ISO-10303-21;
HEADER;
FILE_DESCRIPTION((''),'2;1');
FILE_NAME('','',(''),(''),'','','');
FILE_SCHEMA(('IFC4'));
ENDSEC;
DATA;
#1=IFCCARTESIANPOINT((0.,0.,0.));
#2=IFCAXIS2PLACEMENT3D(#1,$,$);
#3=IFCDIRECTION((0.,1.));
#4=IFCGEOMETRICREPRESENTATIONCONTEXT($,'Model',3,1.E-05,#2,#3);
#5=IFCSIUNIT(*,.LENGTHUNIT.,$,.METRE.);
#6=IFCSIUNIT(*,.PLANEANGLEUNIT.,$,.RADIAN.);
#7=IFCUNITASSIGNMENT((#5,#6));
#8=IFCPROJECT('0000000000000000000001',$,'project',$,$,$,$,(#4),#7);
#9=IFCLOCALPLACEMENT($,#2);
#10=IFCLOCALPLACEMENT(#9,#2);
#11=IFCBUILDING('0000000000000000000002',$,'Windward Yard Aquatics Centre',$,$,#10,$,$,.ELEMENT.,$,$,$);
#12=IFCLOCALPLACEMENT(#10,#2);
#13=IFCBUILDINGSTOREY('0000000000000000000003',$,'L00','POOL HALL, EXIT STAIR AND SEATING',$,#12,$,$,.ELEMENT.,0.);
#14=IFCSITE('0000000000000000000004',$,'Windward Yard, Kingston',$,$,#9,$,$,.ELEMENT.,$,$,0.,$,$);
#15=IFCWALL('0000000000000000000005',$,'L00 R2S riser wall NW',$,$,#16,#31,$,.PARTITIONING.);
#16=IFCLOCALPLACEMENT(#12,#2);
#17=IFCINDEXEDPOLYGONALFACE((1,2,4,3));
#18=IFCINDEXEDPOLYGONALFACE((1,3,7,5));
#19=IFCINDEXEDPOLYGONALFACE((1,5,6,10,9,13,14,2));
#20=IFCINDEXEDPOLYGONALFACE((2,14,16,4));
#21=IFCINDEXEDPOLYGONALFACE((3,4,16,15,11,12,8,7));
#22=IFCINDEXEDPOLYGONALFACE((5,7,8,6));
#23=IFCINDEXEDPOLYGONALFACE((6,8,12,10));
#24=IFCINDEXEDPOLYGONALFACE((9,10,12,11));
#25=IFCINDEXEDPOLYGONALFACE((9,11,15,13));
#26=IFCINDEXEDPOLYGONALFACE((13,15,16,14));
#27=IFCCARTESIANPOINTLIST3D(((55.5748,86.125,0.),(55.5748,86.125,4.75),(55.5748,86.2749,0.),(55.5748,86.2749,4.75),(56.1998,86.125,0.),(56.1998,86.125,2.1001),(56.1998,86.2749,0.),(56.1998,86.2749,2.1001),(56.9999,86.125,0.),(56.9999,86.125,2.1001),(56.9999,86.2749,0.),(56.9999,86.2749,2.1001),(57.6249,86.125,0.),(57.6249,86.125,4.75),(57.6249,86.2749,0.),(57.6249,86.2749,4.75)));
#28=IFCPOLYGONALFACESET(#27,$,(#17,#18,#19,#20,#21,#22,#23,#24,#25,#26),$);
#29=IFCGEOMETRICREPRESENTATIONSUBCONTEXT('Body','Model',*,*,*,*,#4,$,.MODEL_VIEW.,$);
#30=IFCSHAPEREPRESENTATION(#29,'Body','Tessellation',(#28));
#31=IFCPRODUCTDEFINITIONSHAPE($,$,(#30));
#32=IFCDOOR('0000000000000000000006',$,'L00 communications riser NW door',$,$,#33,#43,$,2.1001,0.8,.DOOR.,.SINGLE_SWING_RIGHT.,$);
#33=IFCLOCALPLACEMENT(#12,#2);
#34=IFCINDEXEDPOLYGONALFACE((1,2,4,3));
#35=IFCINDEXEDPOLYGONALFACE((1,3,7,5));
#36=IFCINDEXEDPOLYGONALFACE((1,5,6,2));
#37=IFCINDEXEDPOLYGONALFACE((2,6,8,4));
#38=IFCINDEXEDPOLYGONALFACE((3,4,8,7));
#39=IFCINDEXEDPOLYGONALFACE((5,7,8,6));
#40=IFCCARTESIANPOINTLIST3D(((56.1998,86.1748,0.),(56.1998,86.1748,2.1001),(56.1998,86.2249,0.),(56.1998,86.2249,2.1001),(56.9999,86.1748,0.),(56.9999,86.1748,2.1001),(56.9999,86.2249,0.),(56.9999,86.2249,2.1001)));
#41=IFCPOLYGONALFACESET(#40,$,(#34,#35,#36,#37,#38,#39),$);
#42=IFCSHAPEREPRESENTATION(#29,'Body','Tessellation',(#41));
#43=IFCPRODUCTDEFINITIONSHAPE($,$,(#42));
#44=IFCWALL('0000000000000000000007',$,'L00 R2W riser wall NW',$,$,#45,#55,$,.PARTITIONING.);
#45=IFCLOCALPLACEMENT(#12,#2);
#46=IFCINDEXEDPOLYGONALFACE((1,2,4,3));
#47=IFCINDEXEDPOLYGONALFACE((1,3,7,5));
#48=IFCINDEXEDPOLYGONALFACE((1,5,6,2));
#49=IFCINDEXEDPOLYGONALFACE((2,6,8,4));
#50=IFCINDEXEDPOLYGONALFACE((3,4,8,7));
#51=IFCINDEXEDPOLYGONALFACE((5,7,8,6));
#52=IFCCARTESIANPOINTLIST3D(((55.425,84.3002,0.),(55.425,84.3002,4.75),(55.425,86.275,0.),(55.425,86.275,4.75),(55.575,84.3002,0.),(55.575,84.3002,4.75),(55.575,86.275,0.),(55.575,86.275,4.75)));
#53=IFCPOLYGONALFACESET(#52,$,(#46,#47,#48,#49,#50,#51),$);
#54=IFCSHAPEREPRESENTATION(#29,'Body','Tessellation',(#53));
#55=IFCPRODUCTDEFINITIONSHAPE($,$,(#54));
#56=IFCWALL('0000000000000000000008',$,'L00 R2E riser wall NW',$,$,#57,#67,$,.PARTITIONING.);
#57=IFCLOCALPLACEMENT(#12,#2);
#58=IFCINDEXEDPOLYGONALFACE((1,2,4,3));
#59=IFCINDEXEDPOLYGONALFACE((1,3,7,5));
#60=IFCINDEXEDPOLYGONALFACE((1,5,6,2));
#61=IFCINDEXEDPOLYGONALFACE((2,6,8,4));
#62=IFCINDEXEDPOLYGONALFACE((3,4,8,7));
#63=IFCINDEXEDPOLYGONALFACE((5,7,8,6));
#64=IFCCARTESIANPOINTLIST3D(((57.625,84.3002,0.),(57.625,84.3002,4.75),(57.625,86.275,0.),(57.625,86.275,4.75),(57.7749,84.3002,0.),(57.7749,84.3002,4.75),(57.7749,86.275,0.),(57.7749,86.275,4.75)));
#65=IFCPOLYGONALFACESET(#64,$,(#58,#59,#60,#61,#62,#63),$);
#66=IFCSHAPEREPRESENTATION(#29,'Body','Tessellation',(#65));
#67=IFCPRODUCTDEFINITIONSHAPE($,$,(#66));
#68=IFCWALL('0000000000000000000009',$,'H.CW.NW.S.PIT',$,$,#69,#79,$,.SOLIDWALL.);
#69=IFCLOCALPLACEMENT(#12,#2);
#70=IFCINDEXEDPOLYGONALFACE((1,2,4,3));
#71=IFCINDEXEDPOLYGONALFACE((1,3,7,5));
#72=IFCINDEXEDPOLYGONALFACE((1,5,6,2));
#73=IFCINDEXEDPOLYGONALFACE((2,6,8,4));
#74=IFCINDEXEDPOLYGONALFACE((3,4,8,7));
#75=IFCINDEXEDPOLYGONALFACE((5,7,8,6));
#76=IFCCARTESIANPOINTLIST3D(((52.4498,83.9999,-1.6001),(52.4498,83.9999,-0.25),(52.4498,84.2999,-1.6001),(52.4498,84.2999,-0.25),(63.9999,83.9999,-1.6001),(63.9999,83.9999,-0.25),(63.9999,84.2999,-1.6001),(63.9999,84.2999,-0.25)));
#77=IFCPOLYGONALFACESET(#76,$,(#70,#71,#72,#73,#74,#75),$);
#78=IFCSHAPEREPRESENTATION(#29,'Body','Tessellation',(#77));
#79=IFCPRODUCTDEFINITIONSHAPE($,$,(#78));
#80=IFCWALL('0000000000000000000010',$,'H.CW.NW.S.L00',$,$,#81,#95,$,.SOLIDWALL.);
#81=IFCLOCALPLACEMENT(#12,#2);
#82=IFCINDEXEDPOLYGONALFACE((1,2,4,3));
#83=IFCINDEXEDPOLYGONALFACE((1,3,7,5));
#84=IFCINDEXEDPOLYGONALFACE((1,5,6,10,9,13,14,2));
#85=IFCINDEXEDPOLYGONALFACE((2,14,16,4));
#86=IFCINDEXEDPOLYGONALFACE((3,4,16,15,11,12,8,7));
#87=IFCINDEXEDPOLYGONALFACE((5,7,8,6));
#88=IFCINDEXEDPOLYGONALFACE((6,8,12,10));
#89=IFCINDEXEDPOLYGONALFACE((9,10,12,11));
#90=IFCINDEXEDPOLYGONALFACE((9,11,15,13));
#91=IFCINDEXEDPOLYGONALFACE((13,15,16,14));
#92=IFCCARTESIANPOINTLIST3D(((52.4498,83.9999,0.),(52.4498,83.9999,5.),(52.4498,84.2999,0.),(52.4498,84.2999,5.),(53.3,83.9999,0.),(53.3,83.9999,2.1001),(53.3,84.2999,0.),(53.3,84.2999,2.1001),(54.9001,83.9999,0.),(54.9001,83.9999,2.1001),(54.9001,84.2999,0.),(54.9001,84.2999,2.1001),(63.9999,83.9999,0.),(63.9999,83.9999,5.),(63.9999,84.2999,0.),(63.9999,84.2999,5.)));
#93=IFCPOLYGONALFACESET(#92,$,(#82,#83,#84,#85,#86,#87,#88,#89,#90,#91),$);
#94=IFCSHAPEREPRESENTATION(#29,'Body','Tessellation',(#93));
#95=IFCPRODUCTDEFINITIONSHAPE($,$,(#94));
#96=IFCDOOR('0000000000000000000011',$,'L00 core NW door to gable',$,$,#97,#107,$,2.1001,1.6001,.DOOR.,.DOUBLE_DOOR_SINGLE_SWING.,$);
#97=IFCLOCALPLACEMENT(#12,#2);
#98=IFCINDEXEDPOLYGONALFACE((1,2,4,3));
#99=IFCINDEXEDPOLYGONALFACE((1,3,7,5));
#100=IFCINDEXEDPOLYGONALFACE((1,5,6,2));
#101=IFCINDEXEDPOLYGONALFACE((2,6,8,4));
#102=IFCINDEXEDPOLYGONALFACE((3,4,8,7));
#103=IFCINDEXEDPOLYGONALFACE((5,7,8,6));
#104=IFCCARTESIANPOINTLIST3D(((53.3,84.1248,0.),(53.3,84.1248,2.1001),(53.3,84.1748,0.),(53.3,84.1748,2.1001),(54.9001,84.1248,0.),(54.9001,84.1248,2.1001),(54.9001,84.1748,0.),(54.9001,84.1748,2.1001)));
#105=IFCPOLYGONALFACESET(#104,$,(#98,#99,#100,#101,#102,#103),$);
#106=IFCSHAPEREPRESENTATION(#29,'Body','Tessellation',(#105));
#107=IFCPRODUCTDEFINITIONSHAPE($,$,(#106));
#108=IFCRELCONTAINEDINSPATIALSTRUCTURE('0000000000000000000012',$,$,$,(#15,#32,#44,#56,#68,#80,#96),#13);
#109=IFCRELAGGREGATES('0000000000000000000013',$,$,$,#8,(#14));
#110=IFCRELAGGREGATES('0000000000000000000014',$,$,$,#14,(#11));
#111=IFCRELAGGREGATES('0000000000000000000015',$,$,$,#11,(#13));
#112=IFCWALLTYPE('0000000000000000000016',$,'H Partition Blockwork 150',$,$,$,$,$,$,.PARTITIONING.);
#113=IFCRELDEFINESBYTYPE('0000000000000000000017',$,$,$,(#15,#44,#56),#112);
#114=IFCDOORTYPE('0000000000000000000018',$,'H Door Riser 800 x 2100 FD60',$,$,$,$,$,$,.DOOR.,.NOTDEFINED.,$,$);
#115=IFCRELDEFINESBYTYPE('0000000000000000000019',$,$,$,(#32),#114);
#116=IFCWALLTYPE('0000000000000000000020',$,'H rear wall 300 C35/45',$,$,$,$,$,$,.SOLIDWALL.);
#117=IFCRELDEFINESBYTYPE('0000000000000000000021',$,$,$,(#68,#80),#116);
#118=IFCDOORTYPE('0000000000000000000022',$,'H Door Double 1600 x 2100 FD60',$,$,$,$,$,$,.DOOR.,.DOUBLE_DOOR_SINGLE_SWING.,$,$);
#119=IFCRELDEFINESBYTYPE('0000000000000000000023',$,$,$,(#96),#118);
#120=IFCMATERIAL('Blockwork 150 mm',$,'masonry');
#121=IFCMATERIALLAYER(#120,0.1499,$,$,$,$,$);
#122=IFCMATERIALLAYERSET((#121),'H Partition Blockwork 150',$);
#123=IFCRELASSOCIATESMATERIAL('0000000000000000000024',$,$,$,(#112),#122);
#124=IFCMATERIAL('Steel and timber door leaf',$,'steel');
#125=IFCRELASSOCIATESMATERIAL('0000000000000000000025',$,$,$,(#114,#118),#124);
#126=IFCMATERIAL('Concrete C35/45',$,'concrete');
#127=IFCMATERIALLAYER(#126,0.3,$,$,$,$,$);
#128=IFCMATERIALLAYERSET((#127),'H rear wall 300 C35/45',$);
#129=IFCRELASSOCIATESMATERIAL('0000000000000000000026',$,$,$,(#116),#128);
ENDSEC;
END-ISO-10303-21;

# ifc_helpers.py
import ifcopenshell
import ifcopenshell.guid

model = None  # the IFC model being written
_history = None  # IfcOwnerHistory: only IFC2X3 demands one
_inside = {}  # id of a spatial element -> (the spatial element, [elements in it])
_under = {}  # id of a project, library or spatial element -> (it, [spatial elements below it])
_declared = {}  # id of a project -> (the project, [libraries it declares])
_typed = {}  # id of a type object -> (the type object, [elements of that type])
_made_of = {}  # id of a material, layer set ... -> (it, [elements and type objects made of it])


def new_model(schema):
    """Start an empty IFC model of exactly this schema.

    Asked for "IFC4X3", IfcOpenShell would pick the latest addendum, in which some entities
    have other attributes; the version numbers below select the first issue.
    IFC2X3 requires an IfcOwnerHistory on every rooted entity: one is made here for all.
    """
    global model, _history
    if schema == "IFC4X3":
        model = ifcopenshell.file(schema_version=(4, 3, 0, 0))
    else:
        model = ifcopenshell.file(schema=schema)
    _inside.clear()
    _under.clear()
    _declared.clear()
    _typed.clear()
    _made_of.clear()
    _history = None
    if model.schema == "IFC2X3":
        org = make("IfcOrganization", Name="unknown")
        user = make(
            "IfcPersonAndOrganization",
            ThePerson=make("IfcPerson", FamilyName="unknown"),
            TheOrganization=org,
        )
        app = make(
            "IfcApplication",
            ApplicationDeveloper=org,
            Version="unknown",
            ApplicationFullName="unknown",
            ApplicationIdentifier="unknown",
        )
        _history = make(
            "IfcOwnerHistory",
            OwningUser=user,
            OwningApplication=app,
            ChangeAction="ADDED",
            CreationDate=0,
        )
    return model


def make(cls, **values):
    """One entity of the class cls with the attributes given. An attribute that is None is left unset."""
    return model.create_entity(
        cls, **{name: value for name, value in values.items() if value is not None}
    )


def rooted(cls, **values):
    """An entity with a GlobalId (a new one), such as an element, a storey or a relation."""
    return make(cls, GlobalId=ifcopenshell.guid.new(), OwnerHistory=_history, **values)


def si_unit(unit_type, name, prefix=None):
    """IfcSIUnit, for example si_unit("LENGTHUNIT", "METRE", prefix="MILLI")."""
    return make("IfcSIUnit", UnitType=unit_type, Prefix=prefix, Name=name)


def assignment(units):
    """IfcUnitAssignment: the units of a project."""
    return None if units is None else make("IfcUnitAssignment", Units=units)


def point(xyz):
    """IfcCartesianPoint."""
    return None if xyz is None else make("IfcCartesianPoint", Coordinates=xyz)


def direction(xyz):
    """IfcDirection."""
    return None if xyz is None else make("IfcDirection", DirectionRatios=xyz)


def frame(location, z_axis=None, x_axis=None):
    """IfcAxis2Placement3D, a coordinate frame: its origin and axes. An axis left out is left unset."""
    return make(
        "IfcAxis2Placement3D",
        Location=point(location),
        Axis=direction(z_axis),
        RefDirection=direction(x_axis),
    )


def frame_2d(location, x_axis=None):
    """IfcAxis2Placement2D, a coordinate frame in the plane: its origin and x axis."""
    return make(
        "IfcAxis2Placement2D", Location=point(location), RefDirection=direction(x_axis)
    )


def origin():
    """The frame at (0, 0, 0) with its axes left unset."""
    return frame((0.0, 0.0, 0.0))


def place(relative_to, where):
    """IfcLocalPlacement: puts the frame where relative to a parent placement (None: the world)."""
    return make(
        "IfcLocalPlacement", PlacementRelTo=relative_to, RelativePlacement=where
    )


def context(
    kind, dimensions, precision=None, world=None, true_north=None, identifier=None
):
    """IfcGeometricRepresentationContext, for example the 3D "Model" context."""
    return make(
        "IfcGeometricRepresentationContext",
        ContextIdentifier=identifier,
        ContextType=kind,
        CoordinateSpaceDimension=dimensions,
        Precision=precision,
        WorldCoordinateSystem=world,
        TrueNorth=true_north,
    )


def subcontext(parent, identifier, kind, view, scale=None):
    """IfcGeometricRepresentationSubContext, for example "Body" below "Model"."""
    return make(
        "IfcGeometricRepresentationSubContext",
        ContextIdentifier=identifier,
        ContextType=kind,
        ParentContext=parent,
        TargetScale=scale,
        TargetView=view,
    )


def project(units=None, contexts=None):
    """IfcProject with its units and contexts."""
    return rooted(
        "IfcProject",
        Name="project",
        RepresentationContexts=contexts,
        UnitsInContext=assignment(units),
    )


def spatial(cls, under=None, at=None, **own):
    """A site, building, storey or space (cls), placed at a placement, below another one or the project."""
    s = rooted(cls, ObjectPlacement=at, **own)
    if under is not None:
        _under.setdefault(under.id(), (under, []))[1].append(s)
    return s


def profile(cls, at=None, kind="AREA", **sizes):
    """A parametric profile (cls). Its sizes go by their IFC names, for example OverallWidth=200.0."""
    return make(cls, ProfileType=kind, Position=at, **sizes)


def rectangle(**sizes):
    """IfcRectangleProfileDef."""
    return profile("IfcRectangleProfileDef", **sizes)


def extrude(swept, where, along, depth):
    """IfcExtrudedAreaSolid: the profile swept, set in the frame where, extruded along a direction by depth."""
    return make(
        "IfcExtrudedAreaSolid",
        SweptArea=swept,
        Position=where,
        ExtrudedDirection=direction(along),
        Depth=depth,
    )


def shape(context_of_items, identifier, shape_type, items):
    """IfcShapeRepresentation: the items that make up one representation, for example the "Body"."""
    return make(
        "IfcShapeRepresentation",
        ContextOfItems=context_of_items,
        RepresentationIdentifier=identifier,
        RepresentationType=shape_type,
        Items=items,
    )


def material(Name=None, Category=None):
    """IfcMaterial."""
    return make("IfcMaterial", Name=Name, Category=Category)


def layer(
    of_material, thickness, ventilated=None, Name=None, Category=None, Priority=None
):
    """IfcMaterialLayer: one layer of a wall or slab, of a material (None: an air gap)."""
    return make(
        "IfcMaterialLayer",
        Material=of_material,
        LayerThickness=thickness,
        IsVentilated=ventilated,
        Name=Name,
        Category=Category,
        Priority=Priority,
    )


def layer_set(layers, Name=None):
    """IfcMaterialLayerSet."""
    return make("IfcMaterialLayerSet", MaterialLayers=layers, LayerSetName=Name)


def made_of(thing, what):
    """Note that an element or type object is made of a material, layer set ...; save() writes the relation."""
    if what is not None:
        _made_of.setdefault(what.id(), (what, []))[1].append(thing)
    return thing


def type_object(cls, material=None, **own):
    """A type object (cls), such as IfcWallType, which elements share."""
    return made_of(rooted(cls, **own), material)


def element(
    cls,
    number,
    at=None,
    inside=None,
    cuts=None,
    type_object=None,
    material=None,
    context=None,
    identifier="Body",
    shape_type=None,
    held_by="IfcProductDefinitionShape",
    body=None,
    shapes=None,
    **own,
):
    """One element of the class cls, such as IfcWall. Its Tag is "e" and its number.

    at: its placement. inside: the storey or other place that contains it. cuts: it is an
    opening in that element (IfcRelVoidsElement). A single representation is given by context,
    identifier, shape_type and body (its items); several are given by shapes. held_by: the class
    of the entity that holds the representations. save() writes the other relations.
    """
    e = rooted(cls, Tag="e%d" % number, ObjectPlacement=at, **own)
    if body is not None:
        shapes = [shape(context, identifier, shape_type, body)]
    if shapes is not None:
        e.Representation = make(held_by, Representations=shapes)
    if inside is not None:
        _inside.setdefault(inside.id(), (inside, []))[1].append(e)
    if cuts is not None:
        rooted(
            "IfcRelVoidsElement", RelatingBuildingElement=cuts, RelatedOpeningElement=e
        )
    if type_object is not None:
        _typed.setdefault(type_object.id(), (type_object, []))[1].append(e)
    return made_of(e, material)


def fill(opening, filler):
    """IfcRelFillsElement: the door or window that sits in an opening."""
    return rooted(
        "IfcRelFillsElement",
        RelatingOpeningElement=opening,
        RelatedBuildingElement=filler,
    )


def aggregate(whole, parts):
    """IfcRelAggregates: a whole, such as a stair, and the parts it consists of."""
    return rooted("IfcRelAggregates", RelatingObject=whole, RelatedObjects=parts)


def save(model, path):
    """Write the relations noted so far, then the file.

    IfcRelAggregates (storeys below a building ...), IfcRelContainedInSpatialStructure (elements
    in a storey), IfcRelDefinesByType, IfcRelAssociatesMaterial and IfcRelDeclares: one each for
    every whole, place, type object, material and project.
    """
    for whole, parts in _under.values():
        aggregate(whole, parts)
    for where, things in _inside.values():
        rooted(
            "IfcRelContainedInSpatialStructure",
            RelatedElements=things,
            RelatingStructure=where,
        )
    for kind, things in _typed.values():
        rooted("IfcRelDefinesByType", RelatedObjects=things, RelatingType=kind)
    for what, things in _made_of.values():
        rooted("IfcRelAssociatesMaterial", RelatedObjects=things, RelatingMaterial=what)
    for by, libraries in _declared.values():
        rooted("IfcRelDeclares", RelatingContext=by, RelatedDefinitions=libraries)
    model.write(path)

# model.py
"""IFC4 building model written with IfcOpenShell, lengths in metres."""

from ifc_helpers import new_model, si_unit, direction, frame, frame_2d, origin, place, context, subcontext, project, spatial, rectangle, extrude, material, layer, layer_set, type_object, element, fill, save


model = new_model("IFC4")

# Units and contexts
model_context = context("Model", 3, precision=1e-05, world=origin(), true_north=direction((0.0, 1.0)))
body_context = subcontext(model_context, "Body", "Model", "MODEL_VIEW")
ifc_project = project(units=[si_unit("LENGTHUNIT", "METRE"), si_unit("PLANEANGLEUNIT", "RADIAN")], contexts=[model_context])

# Site, building, storey
site_placement = place(None, origin())
site = spatial("IfcSite", under=ifc_project, at=site_placement, Name="Windward Yard, Kingston", CompositionType="ELEMENT", RefElevation=0.0)
building_placement = place(site_placement, origin())
building = spatial("IfcBuilding", under=site, at=building_placement, Name="Windward Yard Aquatics Centre", CompositionType="ELEMENT")
storey_placement = place(building_placement, origin())
storey = spatial("IfcBuildingStorey", under=building, at=storey_placement, Name="L00", Description="POOL HALL, EXIT STAIR AND SEATING", CompositionType="ELEMENT", Elevation=0.0)

# Shared definitions
ifc_material_1 = material(Name="Concrete C35/45", Category="concrete")

# Wall, opening, door
ifc_material_2 = material(Name="Steel and timber door leaf", Category="steel")
ifc_material_3 = material(Name="Blockwork 150 mm", Category="masonry")
ifc_layer_1 = layer(ifc_material_3, 0.1499)
ifc_layer_set_1 = layer_set([ifc_layer_1], Name="H Partition Blockwork 150")
wall_type_1 = type_object("IfcWallType", Name="H Partition Blockwork 150", PredefinedType="PARTITIONING", material=ifc_layer_set_1)
wall_1_placement = place(storey_placement, frame((55.575, 86.2, 0.0), z_axis=(0.0, 0.0, 1.0), x_axis=(1.0, 0.0, 0.0)))
wall_1 = element("IfcWall", 1, at=wall_1_placement, inside=storey, type_object=wall_type_1, Name="L00 R2S riser wall NW", PredefinedType="PARTITIONING", context=body_context, shape_type="SweptSolid", body=[
    extrude(rectangle(XDim=2.05, YDim=0.1499, at=frame_2d((1.0249, 0.0))), origin(), (0.0, 0.0, 1.0), 4.75),
])
opening_1_placement = place(wall_1_placement, frame((0.625, 0.0, 0.0)))
opening_1 = element("IfcOpeningElement", 2, at=opening_1_placement, cuts=wall_1, PredefinedType="OPENING", context=body_context, shape_type="SweptSolid", body=[
    extrude(rectangle(XDim=0.8, YDim=2.1001, at=frame_2d((0.3999, 1.05))), frame((0.0, 0.085, 0.0), z_axis=(0.0, -1.0, 0.0), x_axis=(1.0, 0.0, 0.0)), (0.0, 0.0, 1.0), 0.1699),
])
door_type_1 = type_object("IfcDoorType", Name="H Door Riser 800 x 2100 FD60", OperationType="NOTDEFINED", PredefinedType="DOOR", material=ifc_material_2)
door_1_placement = place(opening_1_placement, origin())
door_1 = element("IfcDoor", 3, at=door_1_placement, inside=storey, type_object=door_type_1, Name="L00 communications riser NW door", OperationType="SINGLE_SWING_RIGHT", OverallHeight=2.1001, OverallWidth=0.8, PredefinedType="DOOR", context=body_context, shape_type="SweptSolid", body=[
    extrude(rectangle(XDim=0.8, YDim=2.1001, at=frame_2d((0.3999, 1.05))), frame((0.0, 0.0249, 0.0), z_axis=(0.0, -1.0, 0.0), x_axis=(1.0, 0.0, 0.0)), (0.0, 0.0, 1.0), 0.05),
])
fill(opening_1, door_1)

# Walls
for number, where, z_axis, x_axis, name in (
    (4, (55.5, 86.2749, 0.0), (0.0, 0.0, 1.0), (0.0, -1.0, 0.0), "L00 R2W riser wall NW"),
    (5, (57.7, 86.2749, 0.0), (0.0, 0.0, 1.0), (0.0, -1.0, 0.0), "L00 R2E riser wall NW"),
):
    element("IfcWall", number, at=place(storey_placement, frame(where, z_axis=z_axis, x_axis=x_axis)), inside=storey, type_object=wall_type_1, Name=name, PredefinedType="PARTITIONING", context=body_context, shape_type="SweptSolid", body=[
        extrude(rectangle(XDim=1.9749, YDim=0.1499, at=frame_2d((0.9873, 0.0))), origin(), (0.0, 0.0, 1.0), 4.75),
    ])
ifc_layer_2 = layer(ifc_material_1, 0.3)
ifc_layer_set_2 = layer_set([ifc_layer_2], Name="H rear wall 300 C35/45")
wall_type_2 = type_object("IfcWallType", Name="H rear wall 300 C35/45", PredefinedType="SOLIDWALL", material=ifc_layer_set_2)
wall_2_placement = place(storey_placement, frame((52.45, 84.1499, -1.6001), z_axis=(0.0, 0.0, 1.0), x_axis=(1.0, 0.0, 0.0)))
element("IfcWall", 6, at=wall_2_placement, inside=storey, type_object=wall_type_2, Name="H.CW.NW.S.PIT", PredefinedType="SOLIDWALL", context=body_context, shape_type="SweptSolid", body=[
    extrude(rectangle(XDim=11.55, YDim=0.3, at=frame_2d((5.7749, 0.0))), origin(), (0.0, 0.0, 1.0), 1.3501),
])

# Wall, opening, door
wall_3_placement = place(storey_placement, frame((52.45, 84.1499, 0.0), z_axis=(0.0, 0.0, 1.0), x_axis=(1.0, 0.0, 0.0)))
wall_3 = element("IfcWall", 7, at=wall_3_placement, inside=storey, type_object=wall_type_2, Name="H.CW.NW.S.L00", PredefinedType="SOLIDWALL", context=body_context, shape_type="SweptSolid", body=[
    extrude(rectangle(XDim=11.55, YDim=0.3, at=frame_2d((5.7749, 0.0))), origin(), (0.0, 0.0, 1.0), 5.0),
])
opening_2_placement = place(wall_3_placement, frame((0.8501, 0.0, 0.0)))
opening_2 = element("IfcOpeningElement", 8, at=opening_2_placement, cuts=wall_3, PredefinedType="OPENING", context=body_context, shape_type="SweptSolid", body=[
    extrude(rectangle(XDim=1.6001, YDim=2.1001, at=frame_2d((0.8, 1.05))), frame((0.0, 0.1602, 0.0), z_axis=(0.0, -1.0, 0.0), x_axis=(1.0, 0.0, 0.0)), (0.0, 0.0, 1.0), 0.3201),
])
door_type_2 = type_object("IfcDoorType", Name="H Door Double 1600 x 2100 FD60", OperationType="DOUBLE_DOOR_SINGLE_SWING", PredefinedType="DOOR", material=ifc_material_2)
door_2_placement = place(opening_2_placement, origin())
door_2 = element("IfcDoor", 9, at=door_2_placement, inside=storey, type_object=door_type_2, Name="L00 core NW door to gable", OperationType="DOUBLE_DOOR_SINGLE_SWING", OverallHeight=2.1001, OverallWidth=1.6001, PredefinedType="DOOR", context=body_context, shape_type="SweptSolid", body=[
    extrude(rectangle(XDim=1.6001, YDim=2.1001, at=frame_2d((0.8, 1.05))), frame((0.0, 0.0249, 0.0), z_axis=(0.0, -1.0, 0.0), x_axis=(1.0, 0.0, 0.0)), (0.0, 0.0, 1.0), 0.05),
])
fill(opening_2, door_2)

save(model, "model.ifc")
